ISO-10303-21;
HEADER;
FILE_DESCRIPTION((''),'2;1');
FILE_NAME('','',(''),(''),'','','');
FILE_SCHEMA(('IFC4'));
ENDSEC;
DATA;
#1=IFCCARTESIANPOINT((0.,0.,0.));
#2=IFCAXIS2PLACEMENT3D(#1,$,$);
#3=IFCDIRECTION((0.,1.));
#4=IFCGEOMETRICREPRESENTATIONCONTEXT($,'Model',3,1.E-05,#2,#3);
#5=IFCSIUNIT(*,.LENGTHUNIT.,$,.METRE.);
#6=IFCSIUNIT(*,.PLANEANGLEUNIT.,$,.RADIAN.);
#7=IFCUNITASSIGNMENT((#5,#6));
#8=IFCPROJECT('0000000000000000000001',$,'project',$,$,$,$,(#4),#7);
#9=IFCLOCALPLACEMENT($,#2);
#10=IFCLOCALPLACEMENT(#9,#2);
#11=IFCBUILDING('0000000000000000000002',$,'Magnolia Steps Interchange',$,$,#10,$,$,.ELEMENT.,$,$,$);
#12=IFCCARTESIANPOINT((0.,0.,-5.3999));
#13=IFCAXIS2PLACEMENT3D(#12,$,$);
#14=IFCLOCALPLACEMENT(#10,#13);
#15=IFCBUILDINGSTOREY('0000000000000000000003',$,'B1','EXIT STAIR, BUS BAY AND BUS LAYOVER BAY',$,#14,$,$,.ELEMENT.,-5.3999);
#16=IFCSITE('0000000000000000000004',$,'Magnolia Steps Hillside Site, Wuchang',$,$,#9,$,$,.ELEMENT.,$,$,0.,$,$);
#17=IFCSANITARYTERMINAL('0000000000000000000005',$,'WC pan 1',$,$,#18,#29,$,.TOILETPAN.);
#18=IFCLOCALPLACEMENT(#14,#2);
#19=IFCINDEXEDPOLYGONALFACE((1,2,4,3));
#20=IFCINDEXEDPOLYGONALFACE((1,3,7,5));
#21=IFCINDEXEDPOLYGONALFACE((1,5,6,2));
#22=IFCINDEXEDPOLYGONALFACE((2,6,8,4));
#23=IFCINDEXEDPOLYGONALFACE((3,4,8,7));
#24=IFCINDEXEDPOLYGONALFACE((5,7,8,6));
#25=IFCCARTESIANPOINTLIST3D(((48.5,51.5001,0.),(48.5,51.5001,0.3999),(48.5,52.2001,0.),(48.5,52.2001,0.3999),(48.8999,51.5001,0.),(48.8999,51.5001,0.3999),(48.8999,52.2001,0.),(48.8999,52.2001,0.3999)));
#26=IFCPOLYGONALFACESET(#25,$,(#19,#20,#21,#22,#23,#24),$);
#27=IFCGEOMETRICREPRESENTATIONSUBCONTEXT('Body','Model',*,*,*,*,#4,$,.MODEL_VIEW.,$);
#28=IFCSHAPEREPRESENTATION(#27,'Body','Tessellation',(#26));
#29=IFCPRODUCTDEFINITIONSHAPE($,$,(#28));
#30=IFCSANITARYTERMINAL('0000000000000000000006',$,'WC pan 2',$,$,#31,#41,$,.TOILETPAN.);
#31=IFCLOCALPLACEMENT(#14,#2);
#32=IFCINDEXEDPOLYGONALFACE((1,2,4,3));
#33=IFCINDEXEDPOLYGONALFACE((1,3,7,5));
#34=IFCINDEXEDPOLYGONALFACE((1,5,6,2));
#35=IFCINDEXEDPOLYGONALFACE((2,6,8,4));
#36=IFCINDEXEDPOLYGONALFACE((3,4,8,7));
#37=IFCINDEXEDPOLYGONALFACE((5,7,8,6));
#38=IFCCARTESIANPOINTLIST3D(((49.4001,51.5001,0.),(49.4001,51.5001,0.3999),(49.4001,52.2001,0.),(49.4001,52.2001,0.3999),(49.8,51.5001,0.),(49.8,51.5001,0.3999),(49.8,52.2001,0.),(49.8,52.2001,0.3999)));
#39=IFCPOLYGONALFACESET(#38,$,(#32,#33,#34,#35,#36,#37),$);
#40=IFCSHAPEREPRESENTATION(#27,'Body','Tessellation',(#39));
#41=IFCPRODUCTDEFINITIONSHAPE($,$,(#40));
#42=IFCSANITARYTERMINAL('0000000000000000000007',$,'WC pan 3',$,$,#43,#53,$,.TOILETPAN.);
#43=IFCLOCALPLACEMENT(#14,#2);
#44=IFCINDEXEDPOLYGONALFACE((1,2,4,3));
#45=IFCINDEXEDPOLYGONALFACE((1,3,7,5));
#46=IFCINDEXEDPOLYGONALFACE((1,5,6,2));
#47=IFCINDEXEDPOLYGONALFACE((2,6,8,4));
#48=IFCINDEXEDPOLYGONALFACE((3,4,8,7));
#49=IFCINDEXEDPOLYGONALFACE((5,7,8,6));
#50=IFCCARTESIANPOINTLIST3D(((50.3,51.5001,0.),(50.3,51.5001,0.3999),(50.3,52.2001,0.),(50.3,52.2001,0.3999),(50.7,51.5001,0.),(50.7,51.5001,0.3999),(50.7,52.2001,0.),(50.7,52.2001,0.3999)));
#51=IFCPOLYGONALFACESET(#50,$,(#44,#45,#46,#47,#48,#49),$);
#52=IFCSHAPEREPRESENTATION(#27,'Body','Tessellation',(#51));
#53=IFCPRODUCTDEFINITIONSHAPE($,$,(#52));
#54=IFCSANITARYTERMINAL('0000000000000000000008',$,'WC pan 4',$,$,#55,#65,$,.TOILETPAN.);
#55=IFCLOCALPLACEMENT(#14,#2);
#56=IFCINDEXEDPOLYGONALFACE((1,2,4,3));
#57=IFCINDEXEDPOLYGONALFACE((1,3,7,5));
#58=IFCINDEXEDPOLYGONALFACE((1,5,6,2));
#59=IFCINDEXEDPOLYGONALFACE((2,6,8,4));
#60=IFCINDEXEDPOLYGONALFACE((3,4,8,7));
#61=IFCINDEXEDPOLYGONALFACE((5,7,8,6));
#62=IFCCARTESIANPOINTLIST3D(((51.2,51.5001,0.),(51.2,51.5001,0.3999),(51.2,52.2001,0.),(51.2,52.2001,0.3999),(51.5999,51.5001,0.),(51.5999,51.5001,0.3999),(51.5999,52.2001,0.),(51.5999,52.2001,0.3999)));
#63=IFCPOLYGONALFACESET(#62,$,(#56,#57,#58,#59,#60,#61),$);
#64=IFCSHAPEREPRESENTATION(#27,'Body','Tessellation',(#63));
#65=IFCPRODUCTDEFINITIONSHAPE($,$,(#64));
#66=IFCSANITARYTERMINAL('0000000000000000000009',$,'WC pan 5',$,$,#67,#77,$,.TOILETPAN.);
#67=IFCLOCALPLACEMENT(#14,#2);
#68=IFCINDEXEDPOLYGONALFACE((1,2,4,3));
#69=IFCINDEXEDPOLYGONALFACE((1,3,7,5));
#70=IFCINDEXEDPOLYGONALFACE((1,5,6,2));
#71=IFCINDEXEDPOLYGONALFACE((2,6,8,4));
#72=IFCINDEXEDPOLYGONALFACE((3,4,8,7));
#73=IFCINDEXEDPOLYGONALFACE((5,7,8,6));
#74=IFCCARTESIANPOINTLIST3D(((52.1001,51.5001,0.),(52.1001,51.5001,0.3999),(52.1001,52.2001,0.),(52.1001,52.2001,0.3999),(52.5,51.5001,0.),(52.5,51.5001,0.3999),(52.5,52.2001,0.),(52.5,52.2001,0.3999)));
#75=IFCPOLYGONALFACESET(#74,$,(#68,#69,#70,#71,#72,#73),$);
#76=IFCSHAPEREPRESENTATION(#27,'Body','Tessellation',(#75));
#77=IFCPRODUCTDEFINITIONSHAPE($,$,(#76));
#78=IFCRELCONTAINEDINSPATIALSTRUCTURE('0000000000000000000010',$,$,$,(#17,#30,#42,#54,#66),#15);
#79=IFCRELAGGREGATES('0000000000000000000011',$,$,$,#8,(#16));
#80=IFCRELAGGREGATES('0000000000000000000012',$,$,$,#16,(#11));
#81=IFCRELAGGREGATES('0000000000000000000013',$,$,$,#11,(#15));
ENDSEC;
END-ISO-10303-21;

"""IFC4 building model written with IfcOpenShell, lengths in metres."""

from ifc_helpers import new_model, si_unit, direction, frame, origin, origin_2d, place, context, subcontext, project, spatial, rectangle, extrude, element, save


model = new_model("IFC4")

# Units and contexts
model_context = context("Model", 3, precision=1e-05, world=origin(), true_north=direction((0.0, 1.0)))
body_context = subcontext(model_context, "Body", "Model", "MODEL_VIEW")
ifc_project = project(units=[si_unit("LENGTHUNIT", "METRE"), si_unit("PLANEANGLEUNIT", "RADIAN")], contexts=[model_context])

# Site, building, storey
site_placement = place(None, origin())
site = spatial("IfcSite", under=ifc_project, at=site_placement, Name="Magnolia Steps Hillside Site, Wuchang", CompositionType="ELEMENT", RefElevation=0.0)
building_placement = place(site_placement, origin())
building = spatial("IfcBuilding", under=site, at=building_placement, Name="Magnolia Steps Interchange", CompositionType="ELEMENT")
storey_placement = place(building_placement, frame((0.0, 0.0, -5.3999)))
storey = spatial("IfcBuildingStorey", under=building, at=storey_placement, Name="B1", Description="EXIT STAIR, BUS BAY AND BUS LAYOVER BAY", CompositionType="ELEMENT", Elevation=-5.3999)

# Sanitary terminals
for number, where, z_axis, x_axis, name in (
    (1, (48.7, 51.8501, 0.0), (0.0, 0.0, 1.0), (1.0, 0.0, 0.0), "WC pan 1"),
    (2, (49.6001, 51.8501, 0.0), (0.0, 0.0, 1.0), (1.0, 0.0, 0.0), "WC pan 2"),
    (3, (50.5, 51.8501, 0.0), (0.0, 0.0, 1.0), (1.0, 0.0, 0.0), "WC pan 3"),
    (4, (51.3999, 51.8501, 0.0), (0.0, 0.0, 1.0), (1.0, 0.0, 0.0), "WC pan 4"),
    (5, (52.3, 51.8501, 0.0), (0.0, 0.0, 1.0), (1.0, 0.0, 0.0), "WC pan 5"),
):
    element("IfcSanitaryTerminal", number, at=place(storey_placement, frame(where, z_axis=z_axis, x_axis=x_axis)), inside=storey, Name=name, PredefinedType="TOILETPAN", context=body_context, shape_type="SweptSolid", body=[
        extrude(rectangle(XDim=0.3999, YDim=0.7, at=origin_2d()), origin(), (0.0, 0.0, 1.0), 0.3999),
    ])

save(model, "model.ifc")
